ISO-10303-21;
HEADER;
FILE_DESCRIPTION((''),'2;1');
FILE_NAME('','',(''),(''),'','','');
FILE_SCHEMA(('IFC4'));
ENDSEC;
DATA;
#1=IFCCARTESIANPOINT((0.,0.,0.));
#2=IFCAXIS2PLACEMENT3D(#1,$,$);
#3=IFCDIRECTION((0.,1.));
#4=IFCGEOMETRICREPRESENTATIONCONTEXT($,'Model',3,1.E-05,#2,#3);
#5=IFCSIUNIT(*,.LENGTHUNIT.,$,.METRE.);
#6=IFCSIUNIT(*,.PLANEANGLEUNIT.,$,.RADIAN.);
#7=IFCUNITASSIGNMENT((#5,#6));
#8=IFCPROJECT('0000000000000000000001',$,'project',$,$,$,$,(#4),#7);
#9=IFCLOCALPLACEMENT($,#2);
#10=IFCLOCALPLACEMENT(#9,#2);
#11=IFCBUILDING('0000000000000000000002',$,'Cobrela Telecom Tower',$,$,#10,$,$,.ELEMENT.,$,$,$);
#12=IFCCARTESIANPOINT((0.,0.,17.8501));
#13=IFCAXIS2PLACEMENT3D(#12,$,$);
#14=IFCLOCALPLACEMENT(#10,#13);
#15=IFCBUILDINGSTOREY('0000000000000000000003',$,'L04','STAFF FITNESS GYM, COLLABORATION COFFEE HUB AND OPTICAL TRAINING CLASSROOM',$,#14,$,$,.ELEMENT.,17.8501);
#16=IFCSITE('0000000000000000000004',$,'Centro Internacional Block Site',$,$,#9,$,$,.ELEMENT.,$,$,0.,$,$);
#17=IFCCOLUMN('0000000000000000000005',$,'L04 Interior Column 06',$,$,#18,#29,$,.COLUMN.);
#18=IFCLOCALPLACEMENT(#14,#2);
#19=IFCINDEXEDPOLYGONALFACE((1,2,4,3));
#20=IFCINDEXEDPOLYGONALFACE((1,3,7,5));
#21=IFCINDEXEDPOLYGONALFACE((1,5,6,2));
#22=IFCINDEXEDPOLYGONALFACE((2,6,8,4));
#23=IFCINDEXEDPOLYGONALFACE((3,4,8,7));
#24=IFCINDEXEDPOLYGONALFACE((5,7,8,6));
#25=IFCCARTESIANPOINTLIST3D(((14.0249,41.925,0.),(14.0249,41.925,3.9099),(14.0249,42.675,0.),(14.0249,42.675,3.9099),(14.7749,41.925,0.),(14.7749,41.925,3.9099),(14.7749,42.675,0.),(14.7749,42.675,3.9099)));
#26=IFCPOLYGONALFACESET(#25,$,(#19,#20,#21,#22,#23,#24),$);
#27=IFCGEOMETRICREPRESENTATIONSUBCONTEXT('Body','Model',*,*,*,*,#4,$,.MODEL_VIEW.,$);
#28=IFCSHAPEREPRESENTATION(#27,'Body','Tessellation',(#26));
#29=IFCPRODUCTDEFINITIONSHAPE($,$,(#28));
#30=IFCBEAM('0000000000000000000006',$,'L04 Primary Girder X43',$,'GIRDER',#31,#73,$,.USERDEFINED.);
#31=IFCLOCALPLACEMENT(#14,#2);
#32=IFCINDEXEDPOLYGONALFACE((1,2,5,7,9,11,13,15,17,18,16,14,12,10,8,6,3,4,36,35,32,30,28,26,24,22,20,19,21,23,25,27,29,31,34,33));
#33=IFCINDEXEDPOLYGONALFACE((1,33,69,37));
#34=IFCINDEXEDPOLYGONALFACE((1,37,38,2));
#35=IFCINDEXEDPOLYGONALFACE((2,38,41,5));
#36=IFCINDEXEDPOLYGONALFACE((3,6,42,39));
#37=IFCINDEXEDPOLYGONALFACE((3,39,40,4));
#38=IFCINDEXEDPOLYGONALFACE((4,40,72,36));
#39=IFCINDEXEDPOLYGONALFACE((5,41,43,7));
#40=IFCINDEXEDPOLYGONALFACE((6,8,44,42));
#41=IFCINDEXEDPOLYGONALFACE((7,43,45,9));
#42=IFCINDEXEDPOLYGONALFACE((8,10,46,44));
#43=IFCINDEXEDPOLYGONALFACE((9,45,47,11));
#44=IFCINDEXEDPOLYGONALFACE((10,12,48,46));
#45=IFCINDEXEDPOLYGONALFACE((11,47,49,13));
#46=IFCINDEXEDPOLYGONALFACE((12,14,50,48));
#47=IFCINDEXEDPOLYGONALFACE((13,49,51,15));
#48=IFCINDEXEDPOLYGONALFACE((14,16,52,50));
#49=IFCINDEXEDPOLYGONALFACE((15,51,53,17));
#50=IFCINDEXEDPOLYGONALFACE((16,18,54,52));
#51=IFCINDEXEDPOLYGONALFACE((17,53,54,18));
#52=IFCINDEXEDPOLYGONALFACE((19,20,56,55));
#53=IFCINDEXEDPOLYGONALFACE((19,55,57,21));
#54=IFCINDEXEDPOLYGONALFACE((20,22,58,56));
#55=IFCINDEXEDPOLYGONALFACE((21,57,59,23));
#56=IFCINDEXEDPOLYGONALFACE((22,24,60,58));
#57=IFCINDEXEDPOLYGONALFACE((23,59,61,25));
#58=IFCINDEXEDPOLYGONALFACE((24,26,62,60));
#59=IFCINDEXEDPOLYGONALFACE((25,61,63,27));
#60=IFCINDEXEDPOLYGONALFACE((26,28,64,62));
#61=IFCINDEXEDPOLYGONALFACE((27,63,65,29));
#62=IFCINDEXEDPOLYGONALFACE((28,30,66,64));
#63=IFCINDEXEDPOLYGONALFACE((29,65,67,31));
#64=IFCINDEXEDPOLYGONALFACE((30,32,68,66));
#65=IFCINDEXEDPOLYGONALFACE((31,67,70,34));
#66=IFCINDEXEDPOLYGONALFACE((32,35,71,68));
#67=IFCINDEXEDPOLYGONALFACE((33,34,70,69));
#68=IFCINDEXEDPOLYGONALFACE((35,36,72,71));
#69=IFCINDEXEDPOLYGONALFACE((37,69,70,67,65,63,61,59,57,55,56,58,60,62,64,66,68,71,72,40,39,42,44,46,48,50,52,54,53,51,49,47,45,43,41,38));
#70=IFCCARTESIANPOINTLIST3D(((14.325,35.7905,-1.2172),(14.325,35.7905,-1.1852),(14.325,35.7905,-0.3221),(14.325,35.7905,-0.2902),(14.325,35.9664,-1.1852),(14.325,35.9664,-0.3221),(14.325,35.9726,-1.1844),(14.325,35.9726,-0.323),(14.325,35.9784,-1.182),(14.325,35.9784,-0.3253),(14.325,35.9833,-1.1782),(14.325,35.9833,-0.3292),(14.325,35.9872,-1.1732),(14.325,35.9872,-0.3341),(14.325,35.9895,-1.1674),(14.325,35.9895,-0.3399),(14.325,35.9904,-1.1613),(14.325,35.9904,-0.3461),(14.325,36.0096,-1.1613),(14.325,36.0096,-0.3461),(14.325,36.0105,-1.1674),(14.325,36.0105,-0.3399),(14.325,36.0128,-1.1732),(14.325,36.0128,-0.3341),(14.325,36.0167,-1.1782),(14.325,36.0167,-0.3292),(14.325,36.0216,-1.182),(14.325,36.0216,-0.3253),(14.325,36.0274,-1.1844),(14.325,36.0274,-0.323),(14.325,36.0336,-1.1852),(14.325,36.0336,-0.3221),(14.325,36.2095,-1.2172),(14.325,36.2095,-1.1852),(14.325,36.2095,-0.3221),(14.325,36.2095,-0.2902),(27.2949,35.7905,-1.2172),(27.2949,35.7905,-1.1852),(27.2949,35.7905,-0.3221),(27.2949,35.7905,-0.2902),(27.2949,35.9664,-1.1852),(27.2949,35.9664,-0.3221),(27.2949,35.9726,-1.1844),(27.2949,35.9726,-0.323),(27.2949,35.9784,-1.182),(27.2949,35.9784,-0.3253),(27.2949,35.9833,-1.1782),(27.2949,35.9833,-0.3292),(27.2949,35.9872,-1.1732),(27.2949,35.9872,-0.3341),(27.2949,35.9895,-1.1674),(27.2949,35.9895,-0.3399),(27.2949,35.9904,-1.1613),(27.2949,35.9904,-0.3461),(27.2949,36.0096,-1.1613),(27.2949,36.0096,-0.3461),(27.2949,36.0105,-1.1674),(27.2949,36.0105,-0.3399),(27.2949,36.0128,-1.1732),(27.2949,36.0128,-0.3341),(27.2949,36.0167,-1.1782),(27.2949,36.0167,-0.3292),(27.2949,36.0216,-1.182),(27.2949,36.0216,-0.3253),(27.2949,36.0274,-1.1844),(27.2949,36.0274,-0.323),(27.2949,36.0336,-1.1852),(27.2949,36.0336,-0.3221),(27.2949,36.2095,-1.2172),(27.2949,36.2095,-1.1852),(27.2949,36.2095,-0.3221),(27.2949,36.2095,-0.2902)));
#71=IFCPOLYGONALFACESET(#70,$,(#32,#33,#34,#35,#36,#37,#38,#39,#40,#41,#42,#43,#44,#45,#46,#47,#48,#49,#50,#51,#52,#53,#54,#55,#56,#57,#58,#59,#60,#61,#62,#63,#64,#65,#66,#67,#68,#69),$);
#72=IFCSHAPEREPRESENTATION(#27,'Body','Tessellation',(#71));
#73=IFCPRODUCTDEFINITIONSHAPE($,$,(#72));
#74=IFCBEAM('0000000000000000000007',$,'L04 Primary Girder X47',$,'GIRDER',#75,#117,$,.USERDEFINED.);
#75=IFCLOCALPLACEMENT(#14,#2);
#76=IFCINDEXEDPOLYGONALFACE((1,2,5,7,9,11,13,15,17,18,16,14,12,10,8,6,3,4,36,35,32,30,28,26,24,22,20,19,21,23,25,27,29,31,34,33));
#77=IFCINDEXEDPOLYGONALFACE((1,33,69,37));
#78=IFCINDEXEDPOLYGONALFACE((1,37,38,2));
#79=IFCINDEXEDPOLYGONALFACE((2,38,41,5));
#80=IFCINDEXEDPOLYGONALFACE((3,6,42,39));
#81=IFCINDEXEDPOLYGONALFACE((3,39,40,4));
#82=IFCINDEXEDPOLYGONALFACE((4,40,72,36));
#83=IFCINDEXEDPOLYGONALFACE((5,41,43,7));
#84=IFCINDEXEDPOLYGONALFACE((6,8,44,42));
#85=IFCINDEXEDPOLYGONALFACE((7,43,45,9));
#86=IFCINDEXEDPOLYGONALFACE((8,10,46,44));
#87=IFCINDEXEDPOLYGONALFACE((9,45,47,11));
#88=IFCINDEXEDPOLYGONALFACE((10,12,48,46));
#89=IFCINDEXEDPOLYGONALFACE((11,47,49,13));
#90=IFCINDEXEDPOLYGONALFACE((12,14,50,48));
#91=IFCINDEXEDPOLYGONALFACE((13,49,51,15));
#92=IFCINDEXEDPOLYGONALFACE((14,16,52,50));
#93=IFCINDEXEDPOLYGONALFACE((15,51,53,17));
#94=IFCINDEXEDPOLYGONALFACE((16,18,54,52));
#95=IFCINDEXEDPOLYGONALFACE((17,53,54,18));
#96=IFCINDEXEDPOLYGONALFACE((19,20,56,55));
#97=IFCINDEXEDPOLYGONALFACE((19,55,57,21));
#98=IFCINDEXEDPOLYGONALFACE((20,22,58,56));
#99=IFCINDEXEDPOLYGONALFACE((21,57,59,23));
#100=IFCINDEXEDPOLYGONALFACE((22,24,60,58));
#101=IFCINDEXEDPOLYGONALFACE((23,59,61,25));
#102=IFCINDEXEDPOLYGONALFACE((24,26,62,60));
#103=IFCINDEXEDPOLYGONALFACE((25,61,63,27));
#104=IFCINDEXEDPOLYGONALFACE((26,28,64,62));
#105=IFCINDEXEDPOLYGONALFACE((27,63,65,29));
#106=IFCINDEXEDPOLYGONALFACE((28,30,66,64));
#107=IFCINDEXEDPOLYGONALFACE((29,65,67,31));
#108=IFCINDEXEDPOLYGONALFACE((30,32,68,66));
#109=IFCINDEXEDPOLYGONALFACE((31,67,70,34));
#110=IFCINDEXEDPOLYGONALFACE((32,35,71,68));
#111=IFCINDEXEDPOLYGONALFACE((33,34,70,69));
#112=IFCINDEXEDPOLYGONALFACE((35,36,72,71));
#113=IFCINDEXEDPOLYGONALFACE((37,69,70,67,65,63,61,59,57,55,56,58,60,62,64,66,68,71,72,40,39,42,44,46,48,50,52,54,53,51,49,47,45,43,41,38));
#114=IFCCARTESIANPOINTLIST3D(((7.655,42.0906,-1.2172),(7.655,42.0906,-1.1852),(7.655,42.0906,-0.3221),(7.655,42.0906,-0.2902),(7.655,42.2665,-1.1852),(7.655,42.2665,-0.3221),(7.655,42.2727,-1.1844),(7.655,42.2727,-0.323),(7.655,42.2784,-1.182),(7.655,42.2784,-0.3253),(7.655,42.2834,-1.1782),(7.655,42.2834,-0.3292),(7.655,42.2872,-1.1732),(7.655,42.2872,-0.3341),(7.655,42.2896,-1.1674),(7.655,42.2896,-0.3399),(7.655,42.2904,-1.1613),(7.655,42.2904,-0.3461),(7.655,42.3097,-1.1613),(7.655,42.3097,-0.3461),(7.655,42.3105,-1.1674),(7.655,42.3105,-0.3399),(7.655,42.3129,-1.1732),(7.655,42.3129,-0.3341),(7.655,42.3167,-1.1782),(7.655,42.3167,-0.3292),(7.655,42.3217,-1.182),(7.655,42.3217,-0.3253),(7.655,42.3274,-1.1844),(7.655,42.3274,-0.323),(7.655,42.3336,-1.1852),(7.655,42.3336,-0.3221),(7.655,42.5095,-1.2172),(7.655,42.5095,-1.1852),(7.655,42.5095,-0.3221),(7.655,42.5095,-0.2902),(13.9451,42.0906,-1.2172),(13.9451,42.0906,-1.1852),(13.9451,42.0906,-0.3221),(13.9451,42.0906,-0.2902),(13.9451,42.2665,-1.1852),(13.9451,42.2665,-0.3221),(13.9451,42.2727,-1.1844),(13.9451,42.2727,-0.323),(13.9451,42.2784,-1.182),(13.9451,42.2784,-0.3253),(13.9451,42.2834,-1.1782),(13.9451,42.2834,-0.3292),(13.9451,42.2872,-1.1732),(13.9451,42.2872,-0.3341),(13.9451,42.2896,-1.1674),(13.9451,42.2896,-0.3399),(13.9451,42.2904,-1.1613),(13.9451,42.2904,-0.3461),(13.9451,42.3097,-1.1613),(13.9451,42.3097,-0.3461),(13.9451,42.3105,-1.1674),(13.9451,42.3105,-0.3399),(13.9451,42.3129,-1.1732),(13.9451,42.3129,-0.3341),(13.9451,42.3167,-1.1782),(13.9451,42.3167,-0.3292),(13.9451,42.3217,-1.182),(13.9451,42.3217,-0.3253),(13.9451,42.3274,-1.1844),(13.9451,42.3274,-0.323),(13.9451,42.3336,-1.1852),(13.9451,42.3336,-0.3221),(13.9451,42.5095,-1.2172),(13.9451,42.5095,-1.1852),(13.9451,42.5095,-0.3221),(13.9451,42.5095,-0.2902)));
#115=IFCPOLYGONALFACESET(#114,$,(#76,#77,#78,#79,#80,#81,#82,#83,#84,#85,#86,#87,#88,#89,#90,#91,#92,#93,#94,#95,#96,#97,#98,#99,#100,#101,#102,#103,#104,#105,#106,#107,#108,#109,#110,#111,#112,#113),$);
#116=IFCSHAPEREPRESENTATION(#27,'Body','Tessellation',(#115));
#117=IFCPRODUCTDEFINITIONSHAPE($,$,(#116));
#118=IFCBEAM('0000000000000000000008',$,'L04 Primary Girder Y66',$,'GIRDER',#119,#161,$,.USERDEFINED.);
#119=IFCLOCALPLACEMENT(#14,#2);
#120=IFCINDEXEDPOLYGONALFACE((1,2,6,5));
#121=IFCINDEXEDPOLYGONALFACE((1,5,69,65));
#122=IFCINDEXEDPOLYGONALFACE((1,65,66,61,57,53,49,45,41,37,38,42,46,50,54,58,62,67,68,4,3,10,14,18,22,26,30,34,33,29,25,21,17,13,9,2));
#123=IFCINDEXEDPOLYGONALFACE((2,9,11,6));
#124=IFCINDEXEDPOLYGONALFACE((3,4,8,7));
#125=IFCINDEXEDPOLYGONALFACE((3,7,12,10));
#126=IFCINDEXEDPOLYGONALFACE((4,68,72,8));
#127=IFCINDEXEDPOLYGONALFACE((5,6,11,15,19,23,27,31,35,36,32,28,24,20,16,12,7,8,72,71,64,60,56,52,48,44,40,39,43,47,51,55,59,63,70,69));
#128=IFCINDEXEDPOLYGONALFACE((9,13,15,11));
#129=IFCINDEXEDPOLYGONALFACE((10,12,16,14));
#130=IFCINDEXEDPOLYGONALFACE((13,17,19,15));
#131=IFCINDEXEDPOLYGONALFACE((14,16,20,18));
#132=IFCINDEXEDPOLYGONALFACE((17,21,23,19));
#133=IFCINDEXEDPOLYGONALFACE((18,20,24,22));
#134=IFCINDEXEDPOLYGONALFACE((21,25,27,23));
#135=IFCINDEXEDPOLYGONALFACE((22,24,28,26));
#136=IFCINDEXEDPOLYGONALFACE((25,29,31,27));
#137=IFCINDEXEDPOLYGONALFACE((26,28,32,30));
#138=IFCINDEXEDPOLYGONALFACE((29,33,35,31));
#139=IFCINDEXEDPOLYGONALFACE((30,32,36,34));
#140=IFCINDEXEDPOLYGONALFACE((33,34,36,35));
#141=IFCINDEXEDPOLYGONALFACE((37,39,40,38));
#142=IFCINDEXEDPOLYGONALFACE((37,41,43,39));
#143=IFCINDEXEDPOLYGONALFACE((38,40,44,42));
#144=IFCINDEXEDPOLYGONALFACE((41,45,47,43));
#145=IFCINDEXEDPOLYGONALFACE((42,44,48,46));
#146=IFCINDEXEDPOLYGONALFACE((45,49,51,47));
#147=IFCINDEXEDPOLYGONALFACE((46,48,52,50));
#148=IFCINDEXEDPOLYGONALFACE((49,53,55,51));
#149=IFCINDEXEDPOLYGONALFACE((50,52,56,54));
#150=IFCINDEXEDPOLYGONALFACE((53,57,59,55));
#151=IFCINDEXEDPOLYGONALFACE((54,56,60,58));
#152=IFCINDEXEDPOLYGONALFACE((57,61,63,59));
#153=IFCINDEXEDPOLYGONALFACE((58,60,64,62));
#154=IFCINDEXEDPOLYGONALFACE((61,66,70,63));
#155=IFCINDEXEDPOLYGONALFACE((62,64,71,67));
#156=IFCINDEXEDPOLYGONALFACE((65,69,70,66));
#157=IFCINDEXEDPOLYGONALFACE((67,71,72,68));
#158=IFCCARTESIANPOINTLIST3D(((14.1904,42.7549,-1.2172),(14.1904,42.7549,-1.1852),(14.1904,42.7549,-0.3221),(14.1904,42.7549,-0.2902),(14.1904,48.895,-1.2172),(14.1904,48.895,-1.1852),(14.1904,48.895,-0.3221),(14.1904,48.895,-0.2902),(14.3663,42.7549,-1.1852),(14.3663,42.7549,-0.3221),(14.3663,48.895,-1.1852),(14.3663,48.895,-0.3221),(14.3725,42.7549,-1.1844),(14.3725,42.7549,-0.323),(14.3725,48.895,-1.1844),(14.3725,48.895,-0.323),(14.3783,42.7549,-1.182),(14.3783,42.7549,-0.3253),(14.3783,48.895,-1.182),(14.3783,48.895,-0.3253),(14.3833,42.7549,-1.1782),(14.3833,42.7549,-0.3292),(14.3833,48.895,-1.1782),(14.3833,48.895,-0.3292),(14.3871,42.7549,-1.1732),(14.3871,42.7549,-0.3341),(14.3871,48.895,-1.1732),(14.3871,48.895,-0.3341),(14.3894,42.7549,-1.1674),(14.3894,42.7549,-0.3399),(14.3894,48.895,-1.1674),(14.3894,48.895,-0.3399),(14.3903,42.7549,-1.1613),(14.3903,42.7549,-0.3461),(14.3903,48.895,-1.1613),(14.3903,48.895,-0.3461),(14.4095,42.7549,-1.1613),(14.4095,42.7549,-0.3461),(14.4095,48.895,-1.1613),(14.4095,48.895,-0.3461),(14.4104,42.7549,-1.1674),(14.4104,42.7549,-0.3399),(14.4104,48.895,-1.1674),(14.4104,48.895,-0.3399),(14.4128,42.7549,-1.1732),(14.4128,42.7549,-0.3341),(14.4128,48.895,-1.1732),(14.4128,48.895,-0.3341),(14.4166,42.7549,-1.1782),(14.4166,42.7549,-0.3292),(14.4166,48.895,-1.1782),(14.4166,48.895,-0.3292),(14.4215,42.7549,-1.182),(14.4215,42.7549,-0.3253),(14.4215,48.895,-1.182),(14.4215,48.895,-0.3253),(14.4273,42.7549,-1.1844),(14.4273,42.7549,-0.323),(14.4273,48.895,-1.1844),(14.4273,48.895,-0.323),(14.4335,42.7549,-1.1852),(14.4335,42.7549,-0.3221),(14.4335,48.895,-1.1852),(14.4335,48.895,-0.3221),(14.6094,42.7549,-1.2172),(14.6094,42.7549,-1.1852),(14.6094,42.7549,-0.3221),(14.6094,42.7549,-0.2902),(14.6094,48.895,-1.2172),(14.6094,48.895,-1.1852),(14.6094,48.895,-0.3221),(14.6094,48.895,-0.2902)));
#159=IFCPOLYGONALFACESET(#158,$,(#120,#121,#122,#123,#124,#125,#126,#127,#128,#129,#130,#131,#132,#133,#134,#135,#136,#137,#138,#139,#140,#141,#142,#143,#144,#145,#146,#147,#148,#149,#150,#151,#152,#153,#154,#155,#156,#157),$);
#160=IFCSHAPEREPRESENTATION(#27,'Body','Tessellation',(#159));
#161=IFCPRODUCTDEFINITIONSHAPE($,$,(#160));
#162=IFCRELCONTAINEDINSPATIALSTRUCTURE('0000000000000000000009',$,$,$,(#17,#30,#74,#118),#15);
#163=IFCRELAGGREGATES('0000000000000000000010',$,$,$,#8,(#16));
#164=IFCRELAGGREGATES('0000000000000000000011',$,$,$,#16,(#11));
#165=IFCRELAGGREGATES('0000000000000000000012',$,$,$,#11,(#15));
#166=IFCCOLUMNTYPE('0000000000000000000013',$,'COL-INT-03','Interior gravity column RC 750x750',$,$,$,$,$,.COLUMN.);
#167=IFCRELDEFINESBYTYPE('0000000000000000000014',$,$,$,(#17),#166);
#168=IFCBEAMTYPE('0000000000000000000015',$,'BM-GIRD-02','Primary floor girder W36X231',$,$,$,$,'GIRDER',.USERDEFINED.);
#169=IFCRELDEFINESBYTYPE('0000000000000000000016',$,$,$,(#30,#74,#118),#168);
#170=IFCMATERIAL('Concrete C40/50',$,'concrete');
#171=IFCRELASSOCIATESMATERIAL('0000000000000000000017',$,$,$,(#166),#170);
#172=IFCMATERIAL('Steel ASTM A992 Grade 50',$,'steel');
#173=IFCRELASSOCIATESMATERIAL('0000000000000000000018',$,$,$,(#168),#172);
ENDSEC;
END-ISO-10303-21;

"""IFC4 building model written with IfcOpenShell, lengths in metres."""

from ifc_helpers import new_model, si_unit, direction, frame, origin, origin_2d, place, context, subcontext, project, spatial, rectangle, i_section, extrude, material, material_profile, profile_set, type_object, element, save


model = new_model("IFC4")

# Units and contexts
model_context = context("Model", 3, precision=1e-05, world=origin(), true_north=direction((0.0, 1.0)))
body_context = subcontext(model_context, "Body", "Model", "MODEL_VIEW")
ifc_project = project(units=[si_unit("LENGTHUNIT", "METRE"), si_unit("PLANEANGLEUNIT", "RADIAN")], contexts=[model_context])

# Site, building, storey
site_placement = place(None, origin())
site = spatial("IfcSite", under=ifc_project, at=site_placement, Name="Centro Internacional Block Site", CompositionType="ELEMENT", RefElevation=0.0)
building_placement = place(site_placement, origin())
building = spatial("IfcBuilding", under=site, at=building_placement, Name="Cobrela Telecom Tower", CompositionType="ELEMENT")
storey_placement = place(building_placement, frame((0.0, 0.0, 17.8501)))
storey = spatial("IfcBuildingStorey", under=building, at=storey_placement, Name="L04", Description="STAFF FITNESS GYM, COLLABORATION COFFEE HUB AND OPTICAL TRAINING CLASSROOM", CompositionType="ELEMENT", Elevation=17.8501)

# Column
ifc_material_1 = material(Name="Concrete C40/50", Category="concrete")
ifc_material_profile_1 = material_profile(ifc_material_1, rectangle(XDim=0.75, YDim=0.75, at=origin_2d()), Name="RC 750x750")
ifc_profile_set_1 = profile_set([ifc_material_profile_1], Name="Concrete C40/50")
column_type = type_object("IfcColumnType", Name="COL-INT-03", Description="Interior gravity column RC 750x750", PredefinedType="COLUMN", material=ifc_profile_set_1)
column_placement = place(storey_placement, frame((14.3999, 42.3, 0.0), z_axis=(0.0, 0.0, 1.0), x_axis=(1.0, 0.0, 0.0)))
element("IfcColumn", 1, at=column_placement, inside=storey, type_object=column_type, Name="L04 Interior Column 06", PredefinedType="COLUMN", context=body_context, shape_type="SweptSolid", body=[
    extrude(rectangle(XDim=0.75, YDim=0.75, at=origin_2d()), origin(), (0.0, 0.0, 1.0), 3.9099),
])

# Beams
ifc_material_2 = material(Name="Steel ASTM A992 Grade 50", Category="steel")
ifc_material_profile_2 = material_profile(ifc_material_2, i_section(OverallWidth=0.4189, OverallDepth=0.927, WebThickness=0.0193, FlangeThickness=0.032, FilletRadius=0.0239, at=origin_2d()), Name="W36X231")
ifc_profile_set_2 = profile_set([ifc_material_profile_2], Name="Steel ASTM A992 Grade 50")
beam_type_1 = type_object("IfcBeamType", Name="BM-GIRD-02", Description="Primary floor girder W36X231", ElementType="GIRDER", PredefinedType="USERDEFINED", material=ifc_profile_set_2)
beam_1_placement = place(storey_placement, frame((14.325, 36.0, -0.7537), z_axis=(1.0, 0.0, 0.0), x_axis=(0.0, 1.0, 0.0)))
element("IfcBeam", 2, at=beam_1_placement, inside=storey, type_object=beam_type_1, Name="L04 Primary Girder X43", ObjectType="GIRDER", PredefinedType="USERDEFINED", context=body_context, shape_type="SweptSolid", body=[
    extrude(i_section(OverallWidth=0.4189, OverallDepth=0.927, WebThickness=0.0193, FlangeThickness=0.032, FilletRadius=0.0239, at=origin_2d()), origin(), (0.0, 0.0, 1.0), 12.97),
])
beam_2_placement = place(storey_placement, frame((7.655, 42.3, -0.7537), z_axis=(1.0, 0.0, 0.0), x_axis=(0.0, 1.0, 0.0)))
element("IfcBeam", 3, at=beam_2_placement, inside=storey, type_object=beam_type_1, Name="L04 Primary Girder X47", ObjectType="GIRDER", PredefinedType="USERDEFINED", context=body_context, shape_type="SweptSolid", body=[
    extrude(i_section(OverallWidth=0.4189, OverallDepth=0.927, WebThickness=0.0193, FlangeThickness=0.032, FilletRadius=0.0239, at=origin_2d()), origin(), (0.0, 0.0, 1.0), 6.29),
])
beam_3_placement = place(storey_placement, frame((14.3999, 42.7549, -0.7537), z_axis=(0.0, 1.0, 0.0), x_axis=(-1.0, 0.0, 0.0)))
element("IfcBeam", 4, at=beam_3_placement, inside=storey, type_object=beam_type_1, Name="L04 Primary Girder Y66", ObjectType="GIRDER", PredefinedType="USERDEFINED", context=body_context, shape_type="SweptSolid", body=[
    extrude(i_section(OverallWidth=0.4189, OverallDepth=0.927, WebThickness=0.0193, FlangeThickness=0.032, FilletRadius=0.0239, at=origin_2d()), origin(), (0.0, 0.0, 1.0), 6.1401),
])

save(model, "model.ifc")
